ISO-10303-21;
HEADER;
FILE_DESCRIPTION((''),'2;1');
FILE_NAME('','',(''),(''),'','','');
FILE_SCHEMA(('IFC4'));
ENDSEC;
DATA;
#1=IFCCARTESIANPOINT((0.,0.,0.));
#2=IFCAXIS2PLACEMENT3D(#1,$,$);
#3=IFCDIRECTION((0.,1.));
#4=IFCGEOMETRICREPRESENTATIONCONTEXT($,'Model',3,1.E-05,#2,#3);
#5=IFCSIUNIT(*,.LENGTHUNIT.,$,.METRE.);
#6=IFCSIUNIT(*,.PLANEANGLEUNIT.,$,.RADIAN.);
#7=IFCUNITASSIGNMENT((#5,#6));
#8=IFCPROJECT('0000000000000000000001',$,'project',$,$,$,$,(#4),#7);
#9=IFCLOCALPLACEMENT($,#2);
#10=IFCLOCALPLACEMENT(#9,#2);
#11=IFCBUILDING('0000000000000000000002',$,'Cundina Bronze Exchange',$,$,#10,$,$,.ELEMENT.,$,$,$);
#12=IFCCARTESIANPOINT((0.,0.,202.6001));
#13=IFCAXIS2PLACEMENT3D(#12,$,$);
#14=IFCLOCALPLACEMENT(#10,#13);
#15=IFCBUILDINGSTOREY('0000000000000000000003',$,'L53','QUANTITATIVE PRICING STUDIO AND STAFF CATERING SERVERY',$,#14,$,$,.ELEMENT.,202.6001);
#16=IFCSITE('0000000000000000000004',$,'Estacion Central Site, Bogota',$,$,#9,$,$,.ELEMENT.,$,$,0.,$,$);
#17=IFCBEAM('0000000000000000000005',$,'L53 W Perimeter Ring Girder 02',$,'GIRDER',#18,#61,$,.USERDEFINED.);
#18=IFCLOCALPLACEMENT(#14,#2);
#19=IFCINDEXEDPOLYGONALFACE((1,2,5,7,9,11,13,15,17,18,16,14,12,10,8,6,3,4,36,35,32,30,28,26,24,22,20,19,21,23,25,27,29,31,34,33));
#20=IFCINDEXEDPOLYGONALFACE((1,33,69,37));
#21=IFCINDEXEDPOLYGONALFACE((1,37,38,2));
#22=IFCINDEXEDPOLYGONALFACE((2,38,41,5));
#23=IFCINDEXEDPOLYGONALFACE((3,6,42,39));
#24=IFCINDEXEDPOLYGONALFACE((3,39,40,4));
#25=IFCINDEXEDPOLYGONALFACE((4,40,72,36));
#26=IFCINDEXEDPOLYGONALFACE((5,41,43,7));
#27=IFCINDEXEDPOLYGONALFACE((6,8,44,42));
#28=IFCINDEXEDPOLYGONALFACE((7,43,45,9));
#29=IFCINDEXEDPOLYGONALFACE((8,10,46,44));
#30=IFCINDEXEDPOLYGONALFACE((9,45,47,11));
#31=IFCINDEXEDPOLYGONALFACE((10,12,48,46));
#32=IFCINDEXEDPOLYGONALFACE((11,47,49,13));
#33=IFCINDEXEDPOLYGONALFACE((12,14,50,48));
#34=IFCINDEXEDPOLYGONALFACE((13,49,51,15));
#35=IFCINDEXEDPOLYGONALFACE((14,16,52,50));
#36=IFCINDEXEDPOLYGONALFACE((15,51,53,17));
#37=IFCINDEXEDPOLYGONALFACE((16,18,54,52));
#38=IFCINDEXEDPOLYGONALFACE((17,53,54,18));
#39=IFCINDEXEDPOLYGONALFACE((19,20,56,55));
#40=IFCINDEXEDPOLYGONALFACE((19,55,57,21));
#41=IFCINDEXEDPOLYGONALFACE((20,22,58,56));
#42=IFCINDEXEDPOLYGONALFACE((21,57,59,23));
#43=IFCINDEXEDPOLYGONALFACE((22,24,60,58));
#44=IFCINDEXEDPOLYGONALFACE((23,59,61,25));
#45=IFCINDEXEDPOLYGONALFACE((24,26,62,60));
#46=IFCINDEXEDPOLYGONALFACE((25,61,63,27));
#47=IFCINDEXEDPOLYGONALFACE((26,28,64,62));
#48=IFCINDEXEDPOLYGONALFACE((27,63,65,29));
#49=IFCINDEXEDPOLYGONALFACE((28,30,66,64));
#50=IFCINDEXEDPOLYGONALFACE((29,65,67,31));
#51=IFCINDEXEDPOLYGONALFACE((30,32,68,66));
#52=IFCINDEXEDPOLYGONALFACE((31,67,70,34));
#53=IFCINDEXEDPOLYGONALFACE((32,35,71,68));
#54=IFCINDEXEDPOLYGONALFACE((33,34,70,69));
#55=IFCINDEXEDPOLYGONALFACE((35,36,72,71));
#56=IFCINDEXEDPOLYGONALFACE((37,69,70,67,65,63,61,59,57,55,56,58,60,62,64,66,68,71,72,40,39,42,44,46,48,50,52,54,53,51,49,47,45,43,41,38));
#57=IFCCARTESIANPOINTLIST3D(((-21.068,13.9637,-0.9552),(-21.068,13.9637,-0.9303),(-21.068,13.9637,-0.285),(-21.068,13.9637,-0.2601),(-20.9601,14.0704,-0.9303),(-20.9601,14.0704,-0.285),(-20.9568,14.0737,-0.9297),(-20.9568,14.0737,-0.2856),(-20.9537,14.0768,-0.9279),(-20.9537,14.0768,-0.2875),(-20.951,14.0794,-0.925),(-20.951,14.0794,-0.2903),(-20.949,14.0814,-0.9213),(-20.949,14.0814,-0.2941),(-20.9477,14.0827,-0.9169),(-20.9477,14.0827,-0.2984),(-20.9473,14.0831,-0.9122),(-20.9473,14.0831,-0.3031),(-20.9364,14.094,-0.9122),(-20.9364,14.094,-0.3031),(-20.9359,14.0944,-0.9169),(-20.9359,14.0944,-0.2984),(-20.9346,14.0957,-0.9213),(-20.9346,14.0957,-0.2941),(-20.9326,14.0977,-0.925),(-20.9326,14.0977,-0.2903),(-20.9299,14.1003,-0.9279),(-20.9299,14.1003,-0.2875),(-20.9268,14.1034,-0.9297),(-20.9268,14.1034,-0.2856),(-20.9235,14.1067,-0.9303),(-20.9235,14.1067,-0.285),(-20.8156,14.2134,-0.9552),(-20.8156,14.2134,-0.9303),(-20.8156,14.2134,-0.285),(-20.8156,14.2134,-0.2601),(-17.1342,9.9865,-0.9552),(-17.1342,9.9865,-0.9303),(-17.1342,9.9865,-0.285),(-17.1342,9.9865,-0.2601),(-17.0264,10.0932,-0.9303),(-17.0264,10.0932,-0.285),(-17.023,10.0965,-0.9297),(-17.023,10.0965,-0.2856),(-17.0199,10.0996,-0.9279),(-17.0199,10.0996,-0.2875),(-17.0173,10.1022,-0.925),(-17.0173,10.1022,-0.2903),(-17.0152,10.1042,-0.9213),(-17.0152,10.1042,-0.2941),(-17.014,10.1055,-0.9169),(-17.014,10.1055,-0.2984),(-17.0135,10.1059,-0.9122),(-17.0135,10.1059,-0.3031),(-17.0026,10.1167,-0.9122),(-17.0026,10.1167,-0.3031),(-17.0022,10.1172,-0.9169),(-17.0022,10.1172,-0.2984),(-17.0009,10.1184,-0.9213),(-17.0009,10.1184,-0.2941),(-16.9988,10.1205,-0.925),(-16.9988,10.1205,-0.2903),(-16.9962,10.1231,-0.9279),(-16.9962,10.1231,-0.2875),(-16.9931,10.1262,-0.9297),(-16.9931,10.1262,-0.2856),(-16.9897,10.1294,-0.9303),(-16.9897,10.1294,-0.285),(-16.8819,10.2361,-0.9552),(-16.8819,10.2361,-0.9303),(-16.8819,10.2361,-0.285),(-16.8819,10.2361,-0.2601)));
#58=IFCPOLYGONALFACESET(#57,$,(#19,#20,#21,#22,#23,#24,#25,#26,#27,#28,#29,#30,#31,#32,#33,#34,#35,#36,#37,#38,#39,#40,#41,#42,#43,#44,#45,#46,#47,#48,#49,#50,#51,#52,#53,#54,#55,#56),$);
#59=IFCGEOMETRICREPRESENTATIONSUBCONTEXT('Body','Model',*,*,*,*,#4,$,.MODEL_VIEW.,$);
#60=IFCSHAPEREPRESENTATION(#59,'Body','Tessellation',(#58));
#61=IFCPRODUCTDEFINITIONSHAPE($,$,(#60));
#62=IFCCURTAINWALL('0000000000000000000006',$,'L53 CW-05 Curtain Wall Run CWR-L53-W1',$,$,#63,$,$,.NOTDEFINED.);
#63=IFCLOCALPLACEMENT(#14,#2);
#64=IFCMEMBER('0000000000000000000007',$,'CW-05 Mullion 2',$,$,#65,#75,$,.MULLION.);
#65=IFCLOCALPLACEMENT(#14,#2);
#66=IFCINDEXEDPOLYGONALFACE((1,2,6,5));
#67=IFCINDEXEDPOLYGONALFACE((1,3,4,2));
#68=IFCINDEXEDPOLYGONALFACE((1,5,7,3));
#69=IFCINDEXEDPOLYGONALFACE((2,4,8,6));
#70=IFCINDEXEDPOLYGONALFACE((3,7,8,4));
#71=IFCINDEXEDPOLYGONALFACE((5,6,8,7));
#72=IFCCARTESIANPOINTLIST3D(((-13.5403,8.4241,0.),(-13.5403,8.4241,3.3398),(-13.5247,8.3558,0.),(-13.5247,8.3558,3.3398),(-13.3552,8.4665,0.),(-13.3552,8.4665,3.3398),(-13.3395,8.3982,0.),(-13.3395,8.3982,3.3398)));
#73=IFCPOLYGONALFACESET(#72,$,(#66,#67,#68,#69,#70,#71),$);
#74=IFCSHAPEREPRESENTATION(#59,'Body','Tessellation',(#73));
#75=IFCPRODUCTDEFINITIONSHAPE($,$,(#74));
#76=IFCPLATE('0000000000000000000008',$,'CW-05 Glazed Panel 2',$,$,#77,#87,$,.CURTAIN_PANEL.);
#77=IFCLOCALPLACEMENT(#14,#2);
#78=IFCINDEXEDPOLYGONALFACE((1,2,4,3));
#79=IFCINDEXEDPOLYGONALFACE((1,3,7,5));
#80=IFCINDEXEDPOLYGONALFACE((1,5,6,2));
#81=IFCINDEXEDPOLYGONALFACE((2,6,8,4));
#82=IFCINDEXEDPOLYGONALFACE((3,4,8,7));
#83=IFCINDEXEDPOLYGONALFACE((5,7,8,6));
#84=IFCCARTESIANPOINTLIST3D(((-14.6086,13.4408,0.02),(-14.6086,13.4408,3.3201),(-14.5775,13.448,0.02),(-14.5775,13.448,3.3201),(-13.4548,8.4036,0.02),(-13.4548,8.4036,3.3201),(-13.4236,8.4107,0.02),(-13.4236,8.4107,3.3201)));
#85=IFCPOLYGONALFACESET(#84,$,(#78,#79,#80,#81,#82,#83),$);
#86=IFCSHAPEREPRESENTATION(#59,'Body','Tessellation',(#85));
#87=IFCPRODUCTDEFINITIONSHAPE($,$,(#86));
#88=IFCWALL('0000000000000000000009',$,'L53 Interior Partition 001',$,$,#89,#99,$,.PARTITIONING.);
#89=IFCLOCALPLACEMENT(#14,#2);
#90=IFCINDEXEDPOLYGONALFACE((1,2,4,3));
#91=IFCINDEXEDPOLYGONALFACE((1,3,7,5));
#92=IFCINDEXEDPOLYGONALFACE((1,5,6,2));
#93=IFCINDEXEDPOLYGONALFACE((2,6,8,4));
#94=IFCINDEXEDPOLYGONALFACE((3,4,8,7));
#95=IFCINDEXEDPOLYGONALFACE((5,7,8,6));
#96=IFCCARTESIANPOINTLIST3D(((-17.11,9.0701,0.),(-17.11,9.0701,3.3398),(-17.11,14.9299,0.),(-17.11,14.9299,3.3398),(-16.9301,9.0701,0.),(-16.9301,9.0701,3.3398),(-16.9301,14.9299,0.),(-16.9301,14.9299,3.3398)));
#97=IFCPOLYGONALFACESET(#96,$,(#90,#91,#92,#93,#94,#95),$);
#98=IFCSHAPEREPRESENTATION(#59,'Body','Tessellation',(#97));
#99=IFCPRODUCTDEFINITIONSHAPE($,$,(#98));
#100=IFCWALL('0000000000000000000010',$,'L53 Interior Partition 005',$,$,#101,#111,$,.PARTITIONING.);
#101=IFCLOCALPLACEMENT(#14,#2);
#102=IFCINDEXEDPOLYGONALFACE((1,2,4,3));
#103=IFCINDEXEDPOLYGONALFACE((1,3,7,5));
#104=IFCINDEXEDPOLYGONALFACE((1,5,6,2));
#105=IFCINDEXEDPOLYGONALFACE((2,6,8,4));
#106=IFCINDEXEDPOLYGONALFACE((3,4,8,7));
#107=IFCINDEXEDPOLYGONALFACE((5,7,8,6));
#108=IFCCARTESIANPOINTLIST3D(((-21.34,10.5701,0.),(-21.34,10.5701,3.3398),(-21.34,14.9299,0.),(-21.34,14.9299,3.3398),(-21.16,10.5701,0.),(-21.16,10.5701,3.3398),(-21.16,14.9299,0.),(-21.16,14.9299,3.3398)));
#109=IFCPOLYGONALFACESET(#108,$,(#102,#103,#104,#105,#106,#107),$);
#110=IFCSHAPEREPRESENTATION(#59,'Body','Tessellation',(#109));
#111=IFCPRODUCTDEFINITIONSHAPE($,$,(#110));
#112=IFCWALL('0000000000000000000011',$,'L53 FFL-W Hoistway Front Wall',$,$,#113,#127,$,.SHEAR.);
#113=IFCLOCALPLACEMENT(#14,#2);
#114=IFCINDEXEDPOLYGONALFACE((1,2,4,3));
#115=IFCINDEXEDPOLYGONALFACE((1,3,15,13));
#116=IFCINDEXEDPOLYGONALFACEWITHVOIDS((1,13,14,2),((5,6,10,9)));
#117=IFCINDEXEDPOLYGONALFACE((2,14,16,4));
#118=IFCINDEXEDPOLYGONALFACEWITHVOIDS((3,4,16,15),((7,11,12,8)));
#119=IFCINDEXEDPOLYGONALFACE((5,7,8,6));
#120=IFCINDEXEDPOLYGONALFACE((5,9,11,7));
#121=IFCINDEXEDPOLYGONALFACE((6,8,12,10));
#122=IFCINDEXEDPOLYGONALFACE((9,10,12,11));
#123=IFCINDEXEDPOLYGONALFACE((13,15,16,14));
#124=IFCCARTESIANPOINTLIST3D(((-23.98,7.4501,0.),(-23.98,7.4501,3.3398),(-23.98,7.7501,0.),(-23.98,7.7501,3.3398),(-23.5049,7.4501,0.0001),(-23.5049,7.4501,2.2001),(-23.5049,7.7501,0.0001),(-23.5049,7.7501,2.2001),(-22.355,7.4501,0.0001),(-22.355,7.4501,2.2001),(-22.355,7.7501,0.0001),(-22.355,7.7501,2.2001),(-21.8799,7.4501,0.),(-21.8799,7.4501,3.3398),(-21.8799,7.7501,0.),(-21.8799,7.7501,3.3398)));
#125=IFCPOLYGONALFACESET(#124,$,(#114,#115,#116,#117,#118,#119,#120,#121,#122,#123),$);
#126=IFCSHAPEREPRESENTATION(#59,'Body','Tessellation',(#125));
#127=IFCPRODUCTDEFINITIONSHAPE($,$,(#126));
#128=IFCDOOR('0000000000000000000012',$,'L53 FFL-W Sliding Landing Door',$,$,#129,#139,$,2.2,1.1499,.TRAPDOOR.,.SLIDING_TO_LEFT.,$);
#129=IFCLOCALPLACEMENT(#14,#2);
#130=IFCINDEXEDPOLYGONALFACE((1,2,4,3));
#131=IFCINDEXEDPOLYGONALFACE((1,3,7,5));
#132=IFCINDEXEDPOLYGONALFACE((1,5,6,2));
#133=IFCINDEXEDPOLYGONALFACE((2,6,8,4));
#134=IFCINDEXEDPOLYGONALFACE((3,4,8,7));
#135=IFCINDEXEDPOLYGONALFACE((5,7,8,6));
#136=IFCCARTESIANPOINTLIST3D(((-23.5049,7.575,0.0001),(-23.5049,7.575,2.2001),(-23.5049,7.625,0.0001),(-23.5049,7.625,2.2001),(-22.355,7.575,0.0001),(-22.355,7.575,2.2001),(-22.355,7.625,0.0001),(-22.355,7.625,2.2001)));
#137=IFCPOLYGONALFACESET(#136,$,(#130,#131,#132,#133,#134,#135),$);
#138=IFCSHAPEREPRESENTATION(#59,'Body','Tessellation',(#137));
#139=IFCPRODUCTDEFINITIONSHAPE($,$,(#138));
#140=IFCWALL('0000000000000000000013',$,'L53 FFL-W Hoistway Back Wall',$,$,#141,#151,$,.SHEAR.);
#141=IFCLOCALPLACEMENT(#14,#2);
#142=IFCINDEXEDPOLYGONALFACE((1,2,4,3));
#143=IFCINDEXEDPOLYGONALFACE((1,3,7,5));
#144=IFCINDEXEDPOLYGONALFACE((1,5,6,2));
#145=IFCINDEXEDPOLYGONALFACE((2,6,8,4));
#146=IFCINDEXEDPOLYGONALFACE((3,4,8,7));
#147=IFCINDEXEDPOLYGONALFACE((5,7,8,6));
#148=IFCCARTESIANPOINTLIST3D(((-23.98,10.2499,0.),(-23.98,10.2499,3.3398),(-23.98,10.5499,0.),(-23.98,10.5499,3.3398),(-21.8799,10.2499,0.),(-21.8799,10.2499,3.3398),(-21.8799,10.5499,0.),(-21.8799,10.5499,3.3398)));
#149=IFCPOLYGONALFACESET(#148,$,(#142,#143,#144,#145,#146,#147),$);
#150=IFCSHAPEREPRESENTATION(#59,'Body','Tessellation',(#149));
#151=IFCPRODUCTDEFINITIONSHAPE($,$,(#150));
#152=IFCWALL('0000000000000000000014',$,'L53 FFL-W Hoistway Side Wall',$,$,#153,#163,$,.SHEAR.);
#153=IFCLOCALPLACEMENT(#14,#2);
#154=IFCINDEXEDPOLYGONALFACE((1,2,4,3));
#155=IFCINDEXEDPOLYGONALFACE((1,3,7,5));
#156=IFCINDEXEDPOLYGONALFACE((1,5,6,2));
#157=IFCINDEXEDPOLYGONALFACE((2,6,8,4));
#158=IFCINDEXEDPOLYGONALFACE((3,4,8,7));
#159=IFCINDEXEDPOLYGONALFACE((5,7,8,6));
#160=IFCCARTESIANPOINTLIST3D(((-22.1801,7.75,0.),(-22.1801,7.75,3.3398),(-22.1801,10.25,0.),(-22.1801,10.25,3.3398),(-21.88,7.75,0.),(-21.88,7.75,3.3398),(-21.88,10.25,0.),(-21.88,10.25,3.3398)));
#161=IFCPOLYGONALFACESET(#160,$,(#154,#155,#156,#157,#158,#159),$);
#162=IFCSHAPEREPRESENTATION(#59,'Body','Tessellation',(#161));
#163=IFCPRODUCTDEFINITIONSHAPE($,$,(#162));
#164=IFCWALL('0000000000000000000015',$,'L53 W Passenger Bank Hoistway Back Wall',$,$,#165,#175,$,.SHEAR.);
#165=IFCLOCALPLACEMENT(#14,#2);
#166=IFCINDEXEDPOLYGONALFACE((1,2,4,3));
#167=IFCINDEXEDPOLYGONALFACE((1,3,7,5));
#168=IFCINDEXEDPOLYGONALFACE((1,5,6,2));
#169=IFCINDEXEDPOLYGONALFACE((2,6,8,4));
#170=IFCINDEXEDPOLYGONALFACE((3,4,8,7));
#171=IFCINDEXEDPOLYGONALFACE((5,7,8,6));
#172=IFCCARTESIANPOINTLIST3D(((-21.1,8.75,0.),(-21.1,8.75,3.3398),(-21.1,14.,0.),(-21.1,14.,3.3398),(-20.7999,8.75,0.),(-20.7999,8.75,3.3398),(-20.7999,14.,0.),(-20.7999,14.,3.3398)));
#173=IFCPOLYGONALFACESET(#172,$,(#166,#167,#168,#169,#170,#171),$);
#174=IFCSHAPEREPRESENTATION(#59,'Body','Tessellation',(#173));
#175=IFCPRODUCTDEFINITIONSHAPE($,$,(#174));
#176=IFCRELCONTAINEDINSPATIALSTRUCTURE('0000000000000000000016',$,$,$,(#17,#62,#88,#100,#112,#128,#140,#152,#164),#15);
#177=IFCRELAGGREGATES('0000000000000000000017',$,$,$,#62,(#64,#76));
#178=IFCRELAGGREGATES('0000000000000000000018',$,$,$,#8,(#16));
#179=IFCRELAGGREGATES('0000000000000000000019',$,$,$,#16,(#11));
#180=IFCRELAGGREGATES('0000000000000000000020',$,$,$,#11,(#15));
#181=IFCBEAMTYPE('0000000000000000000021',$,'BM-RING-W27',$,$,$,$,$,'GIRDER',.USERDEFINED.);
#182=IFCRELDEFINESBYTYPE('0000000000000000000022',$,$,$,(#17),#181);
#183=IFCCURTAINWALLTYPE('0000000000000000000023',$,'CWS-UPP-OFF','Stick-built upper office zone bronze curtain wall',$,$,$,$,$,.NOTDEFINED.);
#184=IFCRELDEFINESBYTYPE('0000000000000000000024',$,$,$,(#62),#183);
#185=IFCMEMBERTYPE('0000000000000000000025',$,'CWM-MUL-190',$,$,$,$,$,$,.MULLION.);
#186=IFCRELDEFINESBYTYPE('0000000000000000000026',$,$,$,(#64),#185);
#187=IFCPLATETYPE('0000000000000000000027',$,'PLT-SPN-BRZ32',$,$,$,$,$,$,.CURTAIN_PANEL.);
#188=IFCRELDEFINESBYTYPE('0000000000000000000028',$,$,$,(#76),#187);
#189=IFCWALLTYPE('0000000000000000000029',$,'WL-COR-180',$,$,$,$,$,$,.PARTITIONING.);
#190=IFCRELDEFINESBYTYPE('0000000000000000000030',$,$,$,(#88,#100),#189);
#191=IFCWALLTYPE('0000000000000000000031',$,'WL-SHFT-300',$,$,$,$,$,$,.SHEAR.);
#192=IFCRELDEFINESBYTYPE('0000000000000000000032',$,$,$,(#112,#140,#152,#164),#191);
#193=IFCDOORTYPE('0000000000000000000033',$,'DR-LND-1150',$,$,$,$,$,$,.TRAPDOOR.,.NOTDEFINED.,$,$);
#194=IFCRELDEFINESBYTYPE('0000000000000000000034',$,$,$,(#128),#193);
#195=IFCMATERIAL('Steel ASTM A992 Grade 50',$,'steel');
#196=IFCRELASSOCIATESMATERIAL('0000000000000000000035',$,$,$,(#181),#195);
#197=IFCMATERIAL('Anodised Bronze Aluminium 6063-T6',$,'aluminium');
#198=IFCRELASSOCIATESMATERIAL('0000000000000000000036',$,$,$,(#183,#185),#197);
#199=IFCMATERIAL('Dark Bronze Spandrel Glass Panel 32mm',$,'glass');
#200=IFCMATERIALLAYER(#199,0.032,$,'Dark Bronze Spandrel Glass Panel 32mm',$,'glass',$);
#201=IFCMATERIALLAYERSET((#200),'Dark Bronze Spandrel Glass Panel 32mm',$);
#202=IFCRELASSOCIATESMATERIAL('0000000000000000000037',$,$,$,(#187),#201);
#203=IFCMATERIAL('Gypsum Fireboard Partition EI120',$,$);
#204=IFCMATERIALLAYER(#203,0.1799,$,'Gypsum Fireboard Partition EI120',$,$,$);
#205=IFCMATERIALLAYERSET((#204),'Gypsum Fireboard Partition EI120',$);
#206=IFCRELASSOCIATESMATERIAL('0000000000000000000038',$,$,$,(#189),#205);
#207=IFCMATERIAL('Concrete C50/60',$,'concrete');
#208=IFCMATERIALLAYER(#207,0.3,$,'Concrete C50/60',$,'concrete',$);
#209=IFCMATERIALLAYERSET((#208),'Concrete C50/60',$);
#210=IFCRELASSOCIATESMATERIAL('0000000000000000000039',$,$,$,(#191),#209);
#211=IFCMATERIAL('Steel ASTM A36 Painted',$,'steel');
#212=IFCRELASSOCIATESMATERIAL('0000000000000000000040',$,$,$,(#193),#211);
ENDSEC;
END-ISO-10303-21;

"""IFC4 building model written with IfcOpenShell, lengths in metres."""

from ifc_helpers import new_model, si_unit, direction, frame, frame_2d, origin, origin_2d, place, context, subcontext, project, spatial, rectangle, i_section, extrude, material, layer, layer_set, material_profile, profile_set, type_object, element, fill, aggregate, save


model = new_model("IFC4")

# Units and contexts
model_context = context("Model", 3, precision=1e-05, world=origin(), true_north=direction((0.0, 1.0)))
body_context = subcontext(model_context, "Body", "Model", "MODEL_VIEW")
ifc_project = project(units=[si_unit("LENGTHUNIT", "METRE"), si_unit("PLANEANGLEUNIT", "RADIAN")], contexts=[model_context])

# Site, building, storey
site_placement = place(None, origin())
site = spatial("IfcSite", under=ifc_project, at=site_placement, Name="Estacion Central Site, Bogota", CompositionType="ELEMENT", RefElevation=0.0)
building_placement = place(site_placement, origin())
building = spatial("IfcBuilding", under=site, at=building_placement, Name="Cundina Bronze Exchange", CompositionType="ELEMENT")
storey_placement = place(building_placement, frame((0.0, 0.0, 202.6001)))
storey = spatial("IfcBuildingStorey", under=building, at=storey_placement, Name="L53", Description="QUANTITATIVE PRICING STUDIO AND STAFF CATERING SERVERY", CompositionType="ELEMENT", Elevation=202.6001)

# Shared definitions
ifc_material_1 = material(Name="Concrete C50/60", Category="concrete")

# Beam
ifc_material_2 = material(Name="Steel ASTM A992 Grade 50", Category="steel")
ifc_material_profile_1 = material_profile(ifc_material_2, i_section(OverallWidth=0.355, OverallDepth=0.6951, WebThickness=0.0154, FlangeThickness=0.0249, FilletRadius=0.0181, at=origin_2d()), Name="W27X146", Category="steel")
ifc_profile_set_1 = profile_set([ifc_material_profile_1], Name="Steel ASTM A992 Grade 50")
beam_type_1 = type_object("IfcBeamType", Name="BM-RING-W27", ElementType="GIRDER", PredefinedType="USERDEFINED", material=ifc_profile_set_1)
beam_1_placement = place(storey_placement, frame((-17.0081, 10.1113, -0.6077), z_axis=(-0.703212, 0.71098, 0.0), x_axis=(-0.71098, -0.703212, 0.0)))
element("IfcBeam", 1, at=beam_1_placement, inside=storey, type_object=beam_type_1, Name="L53 W Perimeter Ring Girder 02", ObjectType="GIRDER", PredefinedType="USERDEFINED", context=body_context, shape_type="SweptSolid", body=[
    extrude(i_section(OverallWidth=0.355, OverallDepth=0.6951, WebThickness=0.0154, FlangeThickness=0.0249, FilletRadius=0.0181, at=origin_2d()), origin(), (0.0, 0.0, 1.0), 5.594),
])

# Curtain wall, member, plate
ifc_material_3 = material(Name="Anodised Bronze Aluminium 6063-T6", Category="aluminium")
curtain_wall_type = type_object("IfcCurtainWallType", Name="CWS-UPP-OFF", Description="Stick-built upper office zone bronze curtain wall", PredefinedType="NOTDEFINED", material=ifc_material_3)
curtain_wall_placement = place(storey_placement, origin())
curtain_wall = element("IfcCurtainWall", 2, at=curtain_wall_placement, inside=storey, type_object=curtain_wall_type, Name="L53 CW-05 Curtain Wall Run CWR-L53-W1", PredefinedType="NOTDEFINED")
ifc_material_profile_2 = material_profile(ifc_material_3, rectangle(XDim=0.0701, YDim=0.1899, at=origin_2d()), Name="AL70X190", Category="aluminium")
ifc_profile_set_2 = profile_set([ifc_material_profile_2], Name="Anodised Bronze Aluminium 6063-T6")
member_type = type_object("IfcMemberType", Name="CWM-MUL-190", PredefinedType="MULLION", material=ifc_profile_set_2)
member_placement = place(storey_placement, frame((-13.4399, 8.4111, 0.0), z_axis=(0.0, 0.0, 1.0), x_axis=(-0.22325, 0.974761, 0.0)))
member = element("IfcMember", 3, at=member_placement, type_object=member_type, Name="CW-05 Mullion 2", PredefinedType="MULLION", context=body_context, shape_type="SweptSolid", body=[
    extrude(rectangle(XDim=0.0701, YDim=0.1899, at=origin_2d()), origin(), (0.0, 0.0, 1.0), 3.3398),
])
ifc_material_4 = material(Name="Dark Bronze Spandrel Glass Panel 32mm", Category="glass")
ifc_layer_1 = layer(ifc_material_4, 0.032, Name="Dark Bronze Spandrel Glass Panel 32mm", Category="glass")
ifc_layer_set_1 = layer_set([ifc_layer_1], Name="Dark Bronze Spandrel Glass Panel 32mm")
plate_type = type_object("IfcPlateType", Name="PLT-SPN-BRZ32", PredefinedType="CURTAIN_PANEL", material=ifc_layer_set_1)
plate_placement = place(storey_placement, frame((-14.0161, 10.9258, 0.02), z_axis=(0.0, 0.0, 1.0), x_axis=(-0.223284, 0.974753, 0.0)))
plate = element("IfcPlate", 4, at=plate_placement, type_object=plate_type, Name="CW-05 Glazed Panel 2", PredefinedType="CURTAIN_PANEL", context=body_context, shape_type="SweptSolid", body=[
    extrude(rectangle(XDim=5.1677, YDim=0.032, at=origin_2d()), origin(), (0.0, 0.0, 1.0), 3.3),
])
aggregate(curtain_wall, [member, plate])

# Walls
ifc_material_5 = material(Name="Gypsum Fireboard Partition EI120")
ifc_layer_2 = layer(ifc_material_5, 0.1799, Name="Gypsum Fireboard Partition EI120")
ifc_layer_set_2 = layer_set([ifc_layer_2], Name="Gypsum Fireboard Partition EI120")
wall_type_1 = type_object("IfcWallType", Name="WL-COR-180", PredefinedType="PARTITIONING", material=ifc_layer_set_2)
wall_1_placement = place(storey_placement, frame((-17.02, 9.0701, 0.0), z_axis=(0.0, 0.0, 1.0), x_axis=(0.0, 1.0, 0.0)))
element("IfcWall", 5, at=wall_1_placement, inside=storey, type_object=wall_type_1, Name="L53 Interior Partition 001", PredefinedType="PARTITIONING", context=body_context, shape_type="SweptSolid", body=[
    extrude(rectangle(XDim=5.8599, YDim=0.1799, at=frame_2d((2.9299, 0.0))), origin(), (0.0, 0.0, 1.0), 3.3398),
])
wall_2_placement = place(storey_placement, frame((-21.25, 10.5701, 0.0), z_axis=(0.0, 0.0, 1.0), x_axis=(0.0, 1.0, 0.0)))
element("IfcWall", 6, at=wall_2_placement, inside=storey, type_object=wall_type_1, Name="L53 Interior Partition 005", PredefinedType="PARTITIONING", context=body_context, shape_type="SweptSolid", body=[
    extrude(rectangle(XDim=4.3599, YDim=0.1799, at=frame_2d((2.1799, 0.0))), origin(), (0.0, 0.0, 1.0), 3.3398),
])

# Wall, opening, door
ifc_layer_3 = layer(ifc_material_1, 0.3, Name="Concrete C50/60", Category="concrete")
ifc_layer_set_3 = layer_set([ifc_layer_3], Name="Concrete C50/60")
wall_type_2 = type_object("IfcWallType", Name="WL-SHFT-300", PredefinedType="SHEAR", material=ifc_layer_set_3)
ifc_material_6 = material(Name="Steel ASTM A36 Painted", Category="steel")
wall_3_placement = place(storey_placement, frame((-23.98, 7.6001, 0.0), z_axis=(0.0, 0.0, 1.0), x_axis=(1.0, 0.0, 0.0)))
wall_3 = element("IfcWall", 7, at=wall_3_placement, inside=storey, type_object=wall_type_2, Name="L53 FFL-W Hoistway Front Wall", PredefinedType="SHEAR", context=body_context, shape_type="SweptSolid", body=[
    extrude(rectangle(XDim=2.1001, YDim=0.3, at=frame_2d((1.05, 0.0))), origin(), (0.0, 0.0, 1.0), 3.3398),
])
opening_1_placement = place(wall_3_placement, frame((0.4751, 0.0, 0.0)))
opening_1 = element("IfcOpeningElement", 8, at=opening_1_placement, cuts=wall_3, PredefinedType="OPENING", context=body_context, shape_type="SweptSolid", body=[
    extrude(rectangle(XDim=1.1499, YDim=2.2, at=frame_2d((0.575, 1.1001))), frame((0.0, 0.1599, 0.0), z_axis=(0.0, -1.0, 0.0), x_axis=(1.0, 0.0, 0.0)), (0.0, 0.0, 1.0), 0.3201),
])
door_type_1 = type_object("IfcDoorType", Name="DR-LND-1150", OperationType="NOTDEFINED", PredefinedType="TRAPDOOR", material=ifc_material_6)
door_1_placement = place(opening_1_placement, origin())
door_1 = element("IfcDoor", 9, at=door_1_placement, inside=storey, type_object=door_type_1, Name="L53 FFL-W Sliding Landing Door", OperationType="SLIDING_TO_LEFT", OverallHeight=2.2, OverallWidth=1.1499, PredefinedType="TRAPDOOR", context=body_context, shape_type="SweptSolid", body=[
    extrude(rectangle(XDim=1.1499, YDim=2.2, at=frame_2d((0.575, 1.1001))), frame((0.0, 0.0249, 0.0), z_axis=(0.0, -1.0, 0.0), x_axis=(1.0, 0.0, 0.0)), (0.0, 0.0, 1.0), 0.05),
])
fill(opening_1, door_1)

# Walls
wall_4_placement = place(storey_placement, frame((-23.98, 10.3999, 0.0), z_axis=(0.0, 0.0, 1.0), x_axis=(1.0, 0.0, 0.0)))
element("IfcWall", 10, at=wall_4_placement, inside=storey, type_object=wall_type_2, Name="L53 FFL-W Hoistway Back Wall", PredefinedType="SHEAR", context=body_context, shape_type="SweptSolid", body=[
    extrude(rectangle(XDim=2.1001, YDim=0.3, at=frame_2d((1.05, 0.0))), origin(), (0.0, 0.0, 1.0), 3.3398),
])
wall_5_placement = place(storey_placement, frame((-22.03, 7.75, 0.0), z_axis=(0.0, 0.0, 1.0), x_axis=(0.0, 1.0, 0.0)))
element("IfcWall", 11, at=wall_5_placement, inside=storey, type_object=wall_type_2, Name="L53 FFL-W Hoistway Side Wall", PredefinedType="SHEAR", context=body_context, shape_type="SweptSolid", body=[
    extrude(rectangle(XDim=2.5, YDim=0.3, at=frame_2d((1.25, 0.0))), origin(), (0.0, 0.0, 1.0), 3.3398),
])
wall_6_placement = place(storey_placement, frame((-20.95, 8.75, 0.0), z_axis=(0.0, 0.0, 1.0), x_axis=(0.0, 1.0, 0.0)))
element("IfcWall", 12, at=wall_6_placement, inside=storey, type_object=wall_type_2, Name="L53 W Passenger Bank Hoistway Back Wall", PredefinedType="SHEAR", context=body_context, shape_type="SweptSolid", body=[
    extrude(rectangle(XDim=5.25, YDim=0.3, at=frame_2d((2.625, 0.0))), origin(), (0.0, 0.0, 1.0), 3.3398),
])

save(model, "model.ifc")
